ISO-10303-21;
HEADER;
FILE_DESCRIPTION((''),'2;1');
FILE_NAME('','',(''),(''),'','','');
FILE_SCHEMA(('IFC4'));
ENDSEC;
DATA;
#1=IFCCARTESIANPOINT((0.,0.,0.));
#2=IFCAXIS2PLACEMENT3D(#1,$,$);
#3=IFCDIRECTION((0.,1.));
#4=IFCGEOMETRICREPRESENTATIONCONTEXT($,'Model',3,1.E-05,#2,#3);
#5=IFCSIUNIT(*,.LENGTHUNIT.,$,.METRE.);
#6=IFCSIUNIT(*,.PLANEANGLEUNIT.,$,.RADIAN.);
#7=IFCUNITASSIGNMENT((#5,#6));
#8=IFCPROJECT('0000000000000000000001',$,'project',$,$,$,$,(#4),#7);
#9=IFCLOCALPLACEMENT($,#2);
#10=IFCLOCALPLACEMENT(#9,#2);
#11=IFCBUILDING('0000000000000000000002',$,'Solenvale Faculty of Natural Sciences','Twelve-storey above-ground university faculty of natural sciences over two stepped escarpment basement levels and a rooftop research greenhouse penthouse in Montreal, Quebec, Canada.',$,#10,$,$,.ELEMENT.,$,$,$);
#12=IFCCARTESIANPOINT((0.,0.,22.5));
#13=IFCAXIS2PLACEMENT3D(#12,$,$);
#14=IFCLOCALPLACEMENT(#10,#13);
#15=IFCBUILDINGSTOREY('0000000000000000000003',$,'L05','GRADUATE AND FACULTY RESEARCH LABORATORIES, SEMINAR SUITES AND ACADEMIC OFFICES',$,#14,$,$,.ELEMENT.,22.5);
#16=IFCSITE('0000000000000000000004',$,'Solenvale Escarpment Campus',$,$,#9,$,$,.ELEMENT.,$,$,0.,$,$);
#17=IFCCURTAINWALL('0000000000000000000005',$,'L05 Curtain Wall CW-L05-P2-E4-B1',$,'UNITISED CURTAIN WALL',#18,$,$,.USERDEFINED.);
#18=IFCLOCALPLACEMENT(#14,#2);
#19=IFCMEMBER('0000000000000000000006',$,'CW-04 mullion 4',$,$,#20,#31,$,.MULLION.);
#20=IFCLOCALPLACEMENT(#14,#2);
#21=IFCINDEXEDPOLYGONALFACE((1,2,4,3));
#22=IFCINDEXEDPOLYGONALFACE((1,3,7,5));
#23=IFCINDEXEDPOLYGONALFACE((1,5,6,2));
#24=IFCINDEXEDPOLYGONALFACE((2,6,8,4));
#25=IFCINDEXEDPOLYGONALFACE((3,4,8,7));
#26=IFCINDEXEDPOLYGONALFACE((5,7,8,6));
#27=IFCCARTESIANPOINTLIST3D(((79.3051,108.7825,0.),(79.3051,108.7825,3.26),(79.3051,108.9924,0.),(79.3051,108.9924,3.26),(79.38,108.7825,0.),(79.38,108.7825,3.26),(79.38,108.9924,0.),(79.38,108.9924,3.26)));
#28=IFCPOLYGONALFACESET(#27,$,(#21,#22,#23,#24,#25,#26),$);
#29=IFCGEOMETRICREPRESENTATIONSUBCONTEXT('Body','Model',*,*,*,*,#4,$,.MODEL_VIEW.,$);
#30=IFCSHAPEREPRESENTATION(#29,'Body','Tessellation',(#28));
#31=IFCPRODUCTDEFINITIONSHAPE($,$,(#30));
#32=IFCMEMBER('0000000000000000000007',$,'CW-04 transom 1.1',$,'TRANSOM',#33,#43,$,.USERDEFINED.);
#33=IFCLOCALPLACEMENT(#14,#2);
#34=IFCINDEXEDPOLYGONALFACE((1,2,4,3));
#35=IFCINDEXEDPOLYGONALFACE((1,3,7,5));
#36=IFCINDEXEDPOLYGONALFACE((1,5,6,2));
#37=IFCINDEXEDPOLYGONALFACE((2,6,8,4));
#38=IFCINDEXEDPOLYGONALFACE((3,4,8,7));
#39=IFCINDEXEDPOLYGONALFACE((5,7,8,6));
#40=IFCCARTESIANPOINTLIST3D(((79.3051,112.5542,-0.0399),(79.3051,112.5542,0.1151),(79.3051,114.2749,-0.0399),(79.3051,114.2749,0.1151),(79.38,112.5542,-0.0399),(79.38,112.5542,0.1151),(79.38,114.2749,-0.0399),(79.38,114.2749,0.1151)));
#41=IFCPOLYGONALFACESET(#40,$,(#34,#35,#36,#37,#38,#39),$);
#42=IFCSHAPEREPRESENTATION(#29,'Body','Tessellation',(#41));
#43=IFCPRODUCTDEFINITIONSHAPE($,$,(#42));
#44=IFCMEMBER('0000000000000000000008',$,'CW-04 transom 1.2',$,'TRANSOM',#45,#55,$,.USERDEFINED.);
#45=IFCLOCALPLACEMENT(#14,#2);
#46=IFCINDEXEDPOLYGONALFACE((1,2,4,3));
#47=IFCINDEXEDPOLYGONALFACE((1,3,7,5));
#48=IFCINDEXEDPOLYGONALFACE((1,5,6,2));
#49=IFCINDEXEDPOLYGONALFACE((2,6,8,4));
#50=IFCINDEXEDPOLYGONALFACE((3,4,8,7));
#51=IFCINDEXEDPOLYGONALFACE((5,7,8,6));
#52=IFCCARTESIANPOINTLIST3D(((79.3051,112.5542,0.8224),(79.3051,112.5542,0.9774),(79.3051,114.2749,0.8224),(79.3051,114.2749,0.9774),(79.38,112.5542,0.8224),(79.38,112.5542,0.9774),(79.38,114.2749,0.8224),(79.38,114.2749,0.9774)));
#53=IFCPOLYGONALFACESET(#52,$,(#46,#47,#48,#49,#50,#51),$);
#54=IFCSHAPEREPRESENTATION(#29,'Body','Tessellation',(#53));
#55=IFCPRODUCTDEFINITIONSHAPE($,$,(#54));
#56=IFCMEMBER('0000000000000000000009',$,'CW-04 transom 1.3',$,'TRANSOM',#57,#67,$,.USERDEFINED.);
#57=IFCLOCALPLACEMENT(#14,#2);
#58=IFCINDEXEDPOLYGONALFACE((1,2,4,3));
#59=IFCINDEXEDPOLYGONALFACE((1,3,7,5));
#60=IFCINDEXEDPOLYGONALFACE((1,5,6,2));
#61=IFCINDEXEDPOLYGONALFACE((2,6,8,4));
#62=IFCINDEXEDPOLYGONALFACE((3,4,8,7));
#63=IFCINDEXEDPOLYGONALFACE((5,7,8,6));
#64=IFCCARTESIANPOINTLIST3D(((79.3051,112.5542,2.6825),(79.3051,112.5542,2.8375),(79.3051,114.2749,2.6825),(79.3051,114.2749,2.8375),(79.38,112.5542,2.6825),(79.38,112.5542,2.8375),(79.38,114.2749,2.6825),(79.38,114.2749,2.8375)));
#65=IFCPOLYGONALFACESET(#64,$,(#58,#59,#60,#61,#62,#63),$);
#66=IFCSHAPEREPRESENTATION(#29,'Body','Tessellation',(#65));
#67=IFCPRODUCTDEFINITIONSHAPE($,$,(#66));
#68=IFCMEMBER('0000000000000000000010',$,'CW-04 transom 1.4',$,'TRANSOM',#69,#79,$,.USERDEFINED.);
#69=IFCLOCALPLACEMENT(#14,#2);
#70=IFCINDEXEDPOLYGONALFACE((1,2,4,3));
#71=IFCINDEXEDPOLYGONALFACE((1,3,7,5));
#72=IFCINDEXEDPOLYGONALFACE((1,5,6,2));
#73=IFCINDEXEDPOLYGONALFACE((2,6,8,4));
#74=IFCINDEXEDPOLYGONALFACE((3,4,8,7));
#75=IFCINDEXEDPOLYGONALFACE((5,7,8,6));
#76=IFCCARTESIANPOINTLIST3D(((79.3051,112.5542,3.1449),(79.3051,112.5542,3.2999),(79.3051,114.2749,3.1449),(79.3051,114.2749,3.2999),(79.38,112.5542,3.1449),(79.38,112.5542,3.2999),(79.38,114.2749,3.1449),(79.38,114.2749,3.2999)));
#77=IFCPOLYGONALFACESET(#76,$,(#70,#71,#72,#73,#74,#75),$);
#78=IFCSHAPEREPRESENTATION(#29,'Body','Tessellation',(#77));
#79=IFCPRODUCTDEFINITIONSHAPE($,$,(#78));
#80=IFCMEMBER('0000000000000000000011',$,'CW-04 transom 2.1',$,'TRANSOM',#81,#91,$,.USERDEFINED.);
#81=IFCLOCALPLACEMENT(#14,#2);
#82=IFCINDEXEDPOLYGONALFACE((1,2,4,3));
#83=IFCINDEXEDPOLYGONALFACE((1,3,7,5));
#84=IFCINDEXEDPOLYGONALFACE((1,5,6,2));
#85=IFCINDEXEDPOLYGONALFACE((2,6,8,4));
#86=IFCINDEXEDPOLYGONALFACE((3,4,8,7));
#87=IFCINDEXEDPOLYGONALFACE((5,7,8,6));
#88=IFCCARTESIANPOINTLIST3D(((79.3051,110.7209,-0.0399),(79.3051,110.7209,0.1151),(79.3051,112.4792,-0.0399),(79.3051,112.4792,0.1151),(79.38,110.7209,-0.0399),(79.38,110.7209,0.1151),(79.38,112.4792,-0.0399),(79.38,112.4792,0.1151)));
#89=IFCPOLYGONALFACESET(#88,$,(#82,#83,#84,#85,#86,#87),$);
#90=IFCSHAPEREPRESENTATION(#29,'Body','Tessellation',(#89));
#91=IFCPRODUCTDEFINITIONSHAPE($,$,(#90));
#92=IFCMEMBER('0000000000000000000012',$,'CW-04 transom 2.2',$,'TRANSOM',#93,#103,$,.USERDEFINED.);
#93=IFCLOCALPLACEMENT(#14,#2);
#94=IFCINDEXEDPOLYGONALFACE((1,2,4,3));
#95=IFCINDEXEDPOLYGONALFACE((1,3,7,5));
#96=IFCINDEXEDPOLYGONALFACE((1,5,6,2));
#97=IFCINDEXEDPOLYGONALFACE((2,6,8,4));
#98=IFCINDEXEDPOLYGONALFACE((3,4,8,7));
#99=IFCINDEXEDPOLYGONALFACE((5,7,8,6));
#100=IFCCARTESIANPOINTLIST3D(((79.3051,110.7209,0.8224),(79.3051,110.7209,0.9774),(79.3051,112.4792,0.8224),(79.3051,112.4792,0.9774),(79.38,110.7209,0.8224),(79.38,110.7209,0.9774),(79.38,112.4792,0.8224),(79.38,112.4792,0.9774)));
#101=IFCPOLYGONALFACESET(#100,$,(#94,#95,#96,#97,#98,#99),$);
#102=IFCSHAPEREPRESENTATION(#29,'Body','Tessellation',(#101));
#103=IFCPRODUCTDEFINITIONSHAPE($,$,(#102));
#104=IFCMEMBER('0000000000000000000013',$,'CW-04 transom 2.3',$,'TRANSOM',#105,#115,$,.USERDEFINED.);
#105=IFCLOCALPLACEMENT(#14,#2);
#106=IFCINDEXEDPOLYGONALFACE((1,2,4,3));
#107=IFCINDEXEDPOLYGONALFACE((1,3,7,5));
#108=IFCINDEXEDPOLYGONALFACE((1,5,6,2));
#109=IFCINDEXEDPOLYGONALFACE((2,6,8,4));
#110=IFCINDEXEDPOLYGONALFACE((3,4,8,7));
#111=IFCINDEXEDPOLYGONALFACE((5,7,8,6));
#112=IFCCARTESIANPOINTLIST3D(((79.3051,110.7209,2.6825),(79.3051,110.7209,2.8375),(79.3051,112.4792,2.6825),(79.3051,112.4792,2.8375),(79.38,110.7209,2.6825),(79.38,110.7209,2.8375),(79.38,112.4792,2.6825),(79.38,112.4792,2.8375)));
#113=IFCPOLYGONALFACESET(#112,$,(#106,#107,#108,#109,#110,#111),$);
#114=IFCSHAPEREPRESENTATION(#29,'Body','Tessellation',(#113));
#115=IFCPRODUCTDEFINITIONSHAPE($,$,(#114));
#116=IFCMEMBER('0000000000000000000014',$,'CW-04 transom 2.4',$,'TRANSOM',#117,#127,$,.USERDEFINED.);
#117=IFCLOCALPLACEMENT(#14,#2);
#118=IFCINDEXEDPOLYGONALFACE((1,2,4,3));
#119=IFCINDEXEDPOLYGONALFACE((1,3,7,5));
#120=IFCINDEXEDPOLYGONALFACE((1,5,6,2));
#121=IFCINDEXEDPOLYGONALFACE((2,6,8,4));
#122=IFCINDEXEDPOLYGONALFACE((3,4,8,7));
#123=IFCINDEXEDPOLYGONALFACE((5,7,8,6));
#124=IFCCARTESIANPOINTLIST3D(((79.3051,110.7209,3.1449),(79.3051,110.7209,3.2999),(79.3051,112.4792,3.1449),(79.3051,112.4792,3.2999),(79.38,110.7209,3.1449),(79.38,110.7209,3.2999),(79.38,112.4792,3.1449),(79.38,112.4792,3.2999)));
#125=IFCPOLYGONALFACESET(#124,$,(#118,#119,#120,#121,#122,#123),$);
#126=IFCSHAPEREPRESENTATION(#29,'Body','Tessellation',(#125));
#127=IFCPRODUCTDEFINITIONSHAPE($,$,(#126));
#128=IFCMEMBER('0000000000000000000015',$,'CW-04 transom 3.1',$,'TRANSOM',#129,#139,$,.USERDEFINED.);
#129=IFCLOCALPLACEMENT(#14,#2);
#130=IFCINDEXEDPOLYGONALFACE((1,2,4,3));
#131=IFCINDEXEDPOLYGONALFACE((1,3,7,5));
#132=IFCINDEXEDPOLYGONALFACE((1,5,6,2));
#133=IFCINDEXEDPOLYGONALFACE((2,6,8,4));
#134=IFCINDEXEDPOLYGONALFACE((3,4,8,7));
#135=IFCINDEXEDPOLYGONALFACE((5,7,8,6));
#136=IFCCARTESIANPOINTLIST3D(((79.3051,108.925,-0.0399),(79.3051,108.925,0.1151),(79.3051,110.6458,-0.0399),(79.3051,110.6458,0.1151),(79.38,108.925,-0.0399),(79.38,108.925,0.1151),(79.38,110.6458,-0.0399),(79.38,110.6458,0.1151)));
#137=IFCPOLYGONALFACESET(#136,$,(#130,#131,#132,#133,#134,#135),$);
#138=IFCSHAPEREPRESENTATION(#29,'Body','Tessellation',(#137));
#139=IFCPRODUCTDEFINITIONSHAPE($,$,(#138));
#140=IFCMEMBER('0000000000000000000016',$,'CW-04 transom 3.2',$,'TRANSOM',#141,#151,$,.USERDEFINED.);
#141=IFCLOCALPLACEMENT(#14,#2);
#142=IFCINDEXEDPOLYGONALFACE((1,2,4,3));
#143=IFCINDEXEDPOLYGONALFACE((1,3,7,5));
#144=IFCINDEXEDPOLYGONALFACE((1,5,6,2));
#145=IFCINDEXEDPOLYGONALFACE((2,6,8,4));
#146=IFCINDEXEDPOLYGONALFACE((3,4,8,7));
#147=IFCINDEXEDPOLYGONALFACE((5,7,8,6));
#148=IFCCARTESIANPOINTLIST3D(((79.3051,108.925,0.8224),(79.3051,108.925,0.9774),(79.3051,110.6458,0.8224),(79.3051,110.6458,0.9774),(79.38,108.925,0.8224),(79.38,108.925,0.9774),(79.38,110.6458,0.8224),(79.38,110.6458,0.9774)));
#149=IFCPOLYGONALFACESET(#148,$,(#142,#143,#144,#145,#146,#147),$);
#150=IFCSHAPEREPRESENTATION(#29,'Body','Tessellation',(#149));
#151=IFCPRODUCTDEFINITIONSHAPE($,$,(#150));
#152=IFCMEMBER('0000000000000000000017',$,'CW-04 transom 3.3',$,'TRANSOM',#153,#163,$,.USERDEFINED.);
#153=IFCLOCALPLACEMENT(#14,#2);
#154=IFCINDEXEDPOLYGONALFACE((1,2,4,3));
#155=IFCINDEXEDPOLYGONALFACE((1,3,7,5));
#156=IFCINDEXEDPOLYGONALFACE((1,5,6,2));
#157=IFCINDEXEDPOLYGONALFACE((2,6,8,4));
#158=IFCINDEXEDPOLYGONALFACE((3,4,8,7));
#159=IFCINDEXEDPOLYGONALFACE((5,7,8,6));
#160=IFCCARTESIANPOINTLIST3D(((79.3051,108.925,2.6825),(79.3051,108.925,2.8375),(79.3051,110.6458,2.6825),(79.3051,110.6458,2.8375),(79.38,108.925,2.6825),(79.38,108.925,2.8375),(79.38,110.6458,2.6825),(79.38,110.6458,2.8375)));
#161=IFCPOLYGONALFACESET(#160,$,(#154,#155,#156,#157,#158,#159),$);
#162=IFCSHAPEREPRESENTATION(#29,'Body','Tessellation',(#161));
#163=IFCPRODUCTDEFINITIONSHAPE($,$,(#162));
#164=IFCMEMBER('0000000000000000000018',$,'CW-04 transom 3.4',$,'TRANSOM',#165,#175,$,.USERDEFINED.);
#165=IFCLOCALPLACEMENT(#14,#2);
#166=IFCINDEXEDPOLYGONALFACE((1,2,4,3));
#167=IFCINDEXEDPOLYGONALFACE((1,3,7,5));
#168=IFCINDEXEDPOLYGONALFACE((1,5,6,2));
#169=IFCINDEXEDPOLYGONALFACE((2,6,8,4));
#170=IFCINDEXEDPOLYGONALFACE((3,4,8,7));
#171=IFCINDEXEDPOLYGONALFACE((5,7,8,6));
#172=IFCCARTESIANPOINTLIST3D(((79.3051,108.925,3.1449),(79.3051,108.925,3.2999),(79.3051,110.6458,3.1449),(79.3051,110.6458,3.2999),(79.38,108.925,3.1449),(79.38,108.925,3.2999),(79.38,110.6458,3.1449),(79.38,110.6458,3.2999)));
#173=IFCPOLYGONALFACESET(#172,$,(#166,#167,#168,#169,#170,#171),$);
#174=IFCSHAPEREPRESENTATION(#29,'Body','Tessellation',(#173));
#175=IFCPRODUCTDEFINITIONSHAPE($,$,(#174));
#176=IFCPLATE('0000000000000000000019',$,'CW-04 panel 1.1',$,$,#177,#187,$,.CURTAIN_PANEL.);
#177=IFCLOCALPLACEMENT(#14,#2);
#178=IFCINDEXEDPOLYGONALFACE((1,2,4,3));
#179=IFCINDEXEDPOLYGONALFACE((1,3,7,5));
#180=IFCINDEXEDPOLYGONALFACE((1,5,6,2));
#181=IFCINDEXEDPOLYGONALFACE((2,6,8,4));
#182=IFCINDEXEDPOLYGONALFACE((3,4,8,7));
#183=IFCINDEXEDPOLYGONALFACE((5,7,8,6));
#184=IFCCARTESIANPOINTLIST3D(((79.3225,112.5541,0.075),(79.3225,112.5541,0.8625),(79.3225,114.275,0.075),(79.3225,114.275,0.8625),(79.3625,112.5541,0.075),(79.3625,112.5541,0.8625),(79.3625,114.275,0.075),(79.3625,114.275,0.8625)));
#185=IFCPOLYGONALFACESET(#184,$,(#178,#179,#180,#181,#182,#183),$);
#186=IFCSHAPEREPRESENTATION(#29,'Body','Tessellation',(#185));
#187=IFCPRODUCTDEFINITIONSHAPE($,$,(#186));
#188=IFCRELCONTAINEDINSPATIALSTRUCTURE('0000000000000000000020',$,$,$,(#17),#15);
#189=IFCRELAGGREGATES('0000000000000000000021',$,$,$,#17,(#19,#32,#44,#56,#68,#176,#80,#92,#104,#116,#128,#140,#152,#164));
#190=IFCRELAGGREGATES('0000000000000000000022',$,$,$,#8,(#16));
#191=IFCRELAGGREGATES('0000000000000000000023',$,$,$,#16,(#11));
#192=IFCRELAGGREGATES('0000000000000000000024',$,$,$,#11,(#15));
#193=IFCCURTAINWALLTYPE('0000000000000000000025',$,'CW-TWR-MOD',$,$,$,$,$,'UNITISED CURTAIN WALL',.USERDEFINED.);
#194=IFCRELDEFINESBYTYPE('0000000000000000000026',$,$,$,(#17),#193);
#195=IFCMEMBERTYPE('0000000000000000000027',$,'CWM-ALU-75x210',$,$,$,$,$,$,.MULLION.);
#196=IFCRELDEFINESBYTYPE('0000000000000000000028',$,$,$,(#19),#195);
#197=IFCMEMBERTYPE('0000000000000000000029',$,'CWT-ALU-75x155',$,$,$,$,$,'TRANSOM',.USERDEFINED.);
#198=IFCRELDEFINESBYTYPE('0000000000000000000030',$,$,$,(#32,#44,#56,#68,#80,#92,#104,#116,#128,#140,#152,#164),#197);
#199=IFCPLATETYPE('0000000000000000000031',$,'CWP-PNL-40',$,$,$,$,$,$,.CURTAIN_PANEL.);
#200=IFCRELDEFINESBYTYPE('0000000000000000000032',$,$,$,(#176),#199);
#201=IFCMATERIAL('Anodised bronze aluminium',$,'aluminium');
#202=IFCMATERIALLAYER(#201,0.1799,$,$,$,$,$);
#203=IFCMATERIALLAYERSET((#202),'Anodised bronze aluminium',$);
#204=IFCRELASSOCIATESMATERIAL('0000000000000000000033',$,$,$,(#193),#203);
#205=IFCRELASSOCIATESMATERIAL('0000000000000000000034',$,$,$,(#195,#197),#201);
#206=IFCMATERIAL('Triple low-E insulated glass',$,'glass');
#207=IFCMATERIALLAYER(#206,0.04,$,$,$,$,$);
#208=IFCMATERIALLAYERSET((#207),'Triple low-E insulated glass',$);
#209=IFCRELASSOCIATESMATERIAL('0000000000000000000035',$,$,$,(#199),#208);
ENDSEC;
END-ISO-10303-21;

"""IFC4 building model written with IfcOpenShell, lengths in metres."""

from ifc_helpers import new_model, si_unit, direction, frame, origin, origin_2d, place, context, subcontext, project, spatial, rectangle, extrude, material, layer, layer_set, material_profile, profile_set, type_object, element, aggregate, save


model = new_model("IFC4")

# Units and contexts
model_context = context("Model", 3, precision=1e-05, world=origin(), true_north=direction((0.0, 1.0)))
body_context = subcontext(model_context, "Body", "Model", "MODEL_VIEW")
ifc_project = project(units=[si_unit("LENGTHUNIT", "METRE"), si_unit("PLANEANGLEUNIT", "RADIAN")], contexts=[model_context])

# Site, building, storey
site_placement = place(None, origin())
site = spatial("IfcSite", under=ifc_project, at=site_placement, Name="Solenvale Escarpment Campus", CompositionType="ELEMENT", RefElevation=0.0)
building_placement = place(site_placement, origin())
building = spatial("IfcBuilding", under=site, at=building_placement, Name="Solenvale Faculty of Natural Sciences", Description="Twelve-storey above-ground university faculty of natural sciences over two stepped escarpment basement levels and a rooftop research greenhouse penthouse in Montreal, Quebec, Canada.", CompositionType="ELEMENT")
storey_placement = place(building_placement, frame((0.0, 0.0, 22.5)))
storey = spatial("IfcBuildingStorey", under=building, at=storey_placement, Name="L05", Description="GRADUATE AND FACULTY RESEARCH LABORATORIES, SEMINAR SUITES AND ACADEMIC OFFICES", CompositionType="ELEMENT", Elevation=22.5)

# Curtain wall, members, plate
ifc_material_1 = material(Name="Anodised bronze aluminium", Category="aluminium")
ifc_layer_1 = layer(ifc_material_1, 0.1799)
ifc_layer_set_1 = layer_set([ifc_layer_1], Name="Anodised bronze aluminium")
curtain_wall_type = type_object("IfcCurtainWallType", Name="CW-TWR-MOD", ElementType="UNITISED CURTAIN WALL", PredefinedType="USERDEFINED", material=ifc_layer_set_1)
curtain_wall_placement = place(storey_placement, origin())
curtain_wall = element("IfcCurtainWall", 1, at=curtain_wall_placement, inside=storey, type_object=curtain_wall_type, Name="L05 Curtain Wall CW-L05-P2-E4-B1", ObjectType="UNITISED CURTAIN WALL", PredefinedType="USERDEFINED")
ifc_material_profile_1 = material_profile(ifc_material_1, rectangle(XDim=0.075, YDim=0.21, at=origin_2d()), Name="ALU-MUL-75x210")
ifc_profile_set_1 = profile_set([ifc_material_profile_1], Name="Anodised bronze aluminium")
member_type_1 = type_object("IfcMemberType", Name="CWM-ALU-75x210", PredefinedType="MULLION", material=ifc_profile_set_1)
member_1_placement = place(storey_placement, frame((79.3425, 108.8875, 0.0), z_axis=(0.0, 0.0, 1.0), x_axis=(1.0, 0.0, 0.0)))
member_1 = element("IfcMember", 2, at=member_1_placement, type_object=member_type_1, Name="CW-04 mullion 4", PredefinedType="MULLION", context=body_context, shape_type="SweptSolid", body=[
    extrude(rectangle(XDim=0.075, YDim=0.21, at=origin_2d()), origin(), (0.0, 0.0, 1.0), 3.26),
])
ifc_material_profile_2 = material_profile(ifc_material_1, rectangle(XDim=0.075, YDim=0.155, at=origin_2d()), Name="ALU-TRN-75x155")
ifc_profile_set_2 = profile_set([ifc_material_profile_2], Name="Anodised bronze aluminium")
member_type_2 = type_object("IfcMemberType", Name="CWT-ALU-75x155", ElementType="TRANSOM", PredefinedType="USERDEFINED", material=ifc_profile_set_2)
member_2_placement = place(storey_placement, frame((79.3425, 114.2749, 0.0376), z_axis=(0.0, -1.0, 0.0), x_axis=(1.0, 0.0, 0.0)))
member_2 = element("IfcMember", 3, at=member_2_placement, type_object=member_type_2, Name="CW-04 transom 1.1", ObjectType="TRANSOM", PredefinedType="USERDEFINED", context=body_context, shape_type="SweptSolid", body=[
    extrude(rectangle(XDim=0.075, YDim=0.155, at=origin_2d()), origin(), (0.0, 0.0, 1.0), 1.7207),
])
member_3_placement = place(storey_placement, frame((79.3425, 114.2749, 0.8999), z_axis=(0.0, -1.0, 0.0), x_axis=(1.0, 0.0, 0.0)))
member_3 = element("IfcMember", 4, at=member_3_placement, type_object=member_type_2, Name="CW-04 transom 1.2", ObjectType="TRANSOM", PredefinedType="USERDEFINED", context=body_context, shape_type="SweptSolid", body=[
    extrude(rectangle(XDim=0.075, YDim=0.155, at=origin_2d()), origin(), (0.0, 0.0, 1.0), 1.7207),
])
member_4_placement = place(storey_placement, frame((79.3425, 114.2749, 2.76), z_axis=(0.0, -1.0, 0.0), x_axis=(1.0, 0.0, 0.0)))
member_4 = element("IfcMember", 5, at=member_4_placement, type_object=member_type_2, Name="CW-04 transom 1.3", ObjectType="TRANSOM", PredefinedType="USERDEFINED", context=body_context, shape_type="SweptSolid", body=[
    extrude(rectangle(XDim=0.075, YDim=0.155, at=origin_2d()), origin(), (0.0, 0.0, 1.0), 1.7207),
])
member_5_placement = place(storey_placement, frame((79.3425, 114.2749, 3.2224), z_axis=(0.0, -1.0, 0.0), x_axis=(1.0, 0.0, 0.0)))
member_5 = element("IfcMember", 6, at=member_5_placement, type_object=member_type_2, Name="CW-04 transom 1.4", ObjectType="TRANSOM", PredefinedType="USERDEFINED", context=body_context, shape_type="SweptSolid", body=[
    extrude(rectangle(XDim=0.075, YDim=0.155, at=origin_2d()), origin(), (0.0, 0.0, 1.0), 1.7207),
])
member_6_placement = place(storey_placement, frame((79.3425, 112.4792, 0.0376), z_axis=(0.0, -1.0, 0.0), x_axis=(1.0, 0.0, 0.0)))
member_6 = element("IfcMember", 7, at=member_6_placement, type_object=member_type_2, Name="CW-04 transom 2.1", ObjectType="TRANSOM", PredefinedType="USERDEFINED", context=body_context, shape_type="SweptSolid", body=[
    extrude(rectangle(XDim=0.075, YDim=0.155, at=origin_2d()), origin(), (0.0, 0.0, 1.0), 1.7583),
])
member_7_placement = place(storey_placement, frame((79.3425, 112.4792, 0.8999), z_axis=(0.0, -1.0, 0.0), x_axis=(1.0, 0.0, 0.0)))
member_7 = element("IfcMember", 8, at=member_7_placement, type_object=member_type_2, Name="CW-04 transom 2.2", ObjectType="TRANSOM", PredefinedType="USERDEFINED", context=body_context, shape_type="SweptSolid", body=[
    extrude(rectangle(XDim=0.075, YDim=0.155, at=origin_2d()), origin(), (0.0, 0.0, 1.0), 1.7583),
])
member_8_placement = place(storey_placement, frame((79.3425, 112.4792, 2.76), z_axis=(0.0, -1.0, 0.0), x_axis=(1.0, 0.0, 0.0)))
member_8 = element("IfcMember", 9, at=member_8_placement, type_object=member_type_2, Name="CW-04 transom 2.3", ObjectType="TRANSOM", PredefinedType="USERDEFINED", context=body_context, shape_type="SweptSolid", body=[
    extrude(rectangle(XDim=0.075, YDim=0.155, at=origin_2d()), origin(), (0.0, 0.0, 1.0), 1.7583),
])
member_9_placement = place(storey_placement, frame((79.3425, 112.4792, 3.2224), z_axis=(0.0, -1.0, 0.0), x_axis=(1.0, 0.0, 0.0)))
member_9 = element("IfcMember", 10, at=member_9_placement, type_object=member_type_2, Name="CW-04 transom 2.4", ObjectType="TRANSOM", PredefinedType="USERDEFINED", context=body_context, shape_type="SweptSolid", body=[
    extrude(rectangle(XDim=0.075, YDim=0.155, at=origin_2d()), origin(), (0.0, 0.0, 1.0), 1.7583),
])
member_10_placement = place(storey_placement, frame((79.3425, 110.6458, 0.0376), z_axis=(0.0, -1.0, 0.0), x_axis=(1.0, 0.0, 0.0)))
member_10 = element("IfcMember", 11, at=member_10_placement, type_object=member_type_2, Name="CW-04 transom 3.1", ObjectType="TRANSOM", PredefinedType="USERDEFINED", context=body_context, shape_type="SweptSolid", body=[
    extrude(rectangle(XDim=0.075, YDim=0.155, at=origin_2d()), origin(), (0.0, 0.0, 1.0), 1.7207),
])
member_11_placement = place(storey_placement, frame((79.3425, 110.6458, 0.8999), z_axis=(0.0, -1.0, 0.0), x_axis=(1.0, 0.0, 0.0)))
member_11 = element("IfcMember", 12, at=member_11_placement, type_object=member_type_2, Name="CW-04 transom 3.2", ObjectType="TRANSOM", PredefinedType="USERDEFINED", context=body_context, shape_type="SweptSolid", body=[
    extrude(rectangle(XDim=0.075, YDim=0.155, at=origin_2d()), origin(), (0.0, 0.0, 1.0), 1.7207),
])
member_12_placement = place(storey_placement, frame((79.3425, 110.6458, 2.76), z_axis=(0.0, -1.0, 0.0), x_axis=(1.0, 0.0, 0.0)))
member_12 = element("IfcMember", 13, at=member_12_placement, type_object=member_type_2, Name="CW-04 transom 3.3", ObjectType="TRANSOM", PredefinedType="USERDEFINED", context=body_context, shape_type="SweptSolid", body=[
    extrude(rectangle(XDim=0.075, YDim=0.155, at=origin_2d()), origin(), (0.0, 0.0, 1.0), 1.7207),
])
member_13_placement = place(storey_placement, frame((79.3425, 110.6458, 3.2224), z_axis=(0.0, -1.0, 0.0), x_axis=(1.0, 0.0, 0.0)))
member_13 = element("IfcMember", 14, at=member_13_placement, type_object=member_type_2, Name="CW-04 transom 3.4", ObjectType="TRANSOM", PredefinedType="USERDEFINED", context=body_context, shape_type="SweptSolid", body=[
    extrude(rectangle(XDim=0.075, YDim=0.155, at=origin_2d()), origin(), (0.0, 0.0, 1.0), 1.7207),
])
ifc_material_2 = material(Name="Triple low-E insulated glass", Category="glass")
ifc_layer_2 = layer(ifc_material_2, 0.04)
ifc_layer_set_2 = layer_set([ifc_layer_2], Name="Triple low-E insulated glass")
plate_type = type_object("IfcPlateType", Name="CWP-PNL-40", PredefinedType="CURTAIN_PANEL", material=ifc_layer_set_2)
plate_1_placement = place(storey_placement, frame((79.3425, 113.4146, 0.075), z_axis=(0.0, 0.0, 1.0), x_axis=(0.0, -1.0, 0.0)))
plate_1 = element("IfcPlate", 15, at=plate_1_placement, type_object=plate_type, Name="CW-04 panel 1.1", PredefinedType="CURTAIN_PANEL", context=body_context, shape_type="SweptSolid", body=[
    extrude(rectangle(XDim=1.7209, YDim=0.04, at=origin_2d()), origin(), (0.0, 0.0, 1.0), 0.7876),
])
aggregate(curtain_wall, [member_1, member_2, member_3, member_4, member_5, plate_1, member_6, member_7, member_8, member_9, member_10, member_11, member_12, member_13])

save(model, "model.ifc")
